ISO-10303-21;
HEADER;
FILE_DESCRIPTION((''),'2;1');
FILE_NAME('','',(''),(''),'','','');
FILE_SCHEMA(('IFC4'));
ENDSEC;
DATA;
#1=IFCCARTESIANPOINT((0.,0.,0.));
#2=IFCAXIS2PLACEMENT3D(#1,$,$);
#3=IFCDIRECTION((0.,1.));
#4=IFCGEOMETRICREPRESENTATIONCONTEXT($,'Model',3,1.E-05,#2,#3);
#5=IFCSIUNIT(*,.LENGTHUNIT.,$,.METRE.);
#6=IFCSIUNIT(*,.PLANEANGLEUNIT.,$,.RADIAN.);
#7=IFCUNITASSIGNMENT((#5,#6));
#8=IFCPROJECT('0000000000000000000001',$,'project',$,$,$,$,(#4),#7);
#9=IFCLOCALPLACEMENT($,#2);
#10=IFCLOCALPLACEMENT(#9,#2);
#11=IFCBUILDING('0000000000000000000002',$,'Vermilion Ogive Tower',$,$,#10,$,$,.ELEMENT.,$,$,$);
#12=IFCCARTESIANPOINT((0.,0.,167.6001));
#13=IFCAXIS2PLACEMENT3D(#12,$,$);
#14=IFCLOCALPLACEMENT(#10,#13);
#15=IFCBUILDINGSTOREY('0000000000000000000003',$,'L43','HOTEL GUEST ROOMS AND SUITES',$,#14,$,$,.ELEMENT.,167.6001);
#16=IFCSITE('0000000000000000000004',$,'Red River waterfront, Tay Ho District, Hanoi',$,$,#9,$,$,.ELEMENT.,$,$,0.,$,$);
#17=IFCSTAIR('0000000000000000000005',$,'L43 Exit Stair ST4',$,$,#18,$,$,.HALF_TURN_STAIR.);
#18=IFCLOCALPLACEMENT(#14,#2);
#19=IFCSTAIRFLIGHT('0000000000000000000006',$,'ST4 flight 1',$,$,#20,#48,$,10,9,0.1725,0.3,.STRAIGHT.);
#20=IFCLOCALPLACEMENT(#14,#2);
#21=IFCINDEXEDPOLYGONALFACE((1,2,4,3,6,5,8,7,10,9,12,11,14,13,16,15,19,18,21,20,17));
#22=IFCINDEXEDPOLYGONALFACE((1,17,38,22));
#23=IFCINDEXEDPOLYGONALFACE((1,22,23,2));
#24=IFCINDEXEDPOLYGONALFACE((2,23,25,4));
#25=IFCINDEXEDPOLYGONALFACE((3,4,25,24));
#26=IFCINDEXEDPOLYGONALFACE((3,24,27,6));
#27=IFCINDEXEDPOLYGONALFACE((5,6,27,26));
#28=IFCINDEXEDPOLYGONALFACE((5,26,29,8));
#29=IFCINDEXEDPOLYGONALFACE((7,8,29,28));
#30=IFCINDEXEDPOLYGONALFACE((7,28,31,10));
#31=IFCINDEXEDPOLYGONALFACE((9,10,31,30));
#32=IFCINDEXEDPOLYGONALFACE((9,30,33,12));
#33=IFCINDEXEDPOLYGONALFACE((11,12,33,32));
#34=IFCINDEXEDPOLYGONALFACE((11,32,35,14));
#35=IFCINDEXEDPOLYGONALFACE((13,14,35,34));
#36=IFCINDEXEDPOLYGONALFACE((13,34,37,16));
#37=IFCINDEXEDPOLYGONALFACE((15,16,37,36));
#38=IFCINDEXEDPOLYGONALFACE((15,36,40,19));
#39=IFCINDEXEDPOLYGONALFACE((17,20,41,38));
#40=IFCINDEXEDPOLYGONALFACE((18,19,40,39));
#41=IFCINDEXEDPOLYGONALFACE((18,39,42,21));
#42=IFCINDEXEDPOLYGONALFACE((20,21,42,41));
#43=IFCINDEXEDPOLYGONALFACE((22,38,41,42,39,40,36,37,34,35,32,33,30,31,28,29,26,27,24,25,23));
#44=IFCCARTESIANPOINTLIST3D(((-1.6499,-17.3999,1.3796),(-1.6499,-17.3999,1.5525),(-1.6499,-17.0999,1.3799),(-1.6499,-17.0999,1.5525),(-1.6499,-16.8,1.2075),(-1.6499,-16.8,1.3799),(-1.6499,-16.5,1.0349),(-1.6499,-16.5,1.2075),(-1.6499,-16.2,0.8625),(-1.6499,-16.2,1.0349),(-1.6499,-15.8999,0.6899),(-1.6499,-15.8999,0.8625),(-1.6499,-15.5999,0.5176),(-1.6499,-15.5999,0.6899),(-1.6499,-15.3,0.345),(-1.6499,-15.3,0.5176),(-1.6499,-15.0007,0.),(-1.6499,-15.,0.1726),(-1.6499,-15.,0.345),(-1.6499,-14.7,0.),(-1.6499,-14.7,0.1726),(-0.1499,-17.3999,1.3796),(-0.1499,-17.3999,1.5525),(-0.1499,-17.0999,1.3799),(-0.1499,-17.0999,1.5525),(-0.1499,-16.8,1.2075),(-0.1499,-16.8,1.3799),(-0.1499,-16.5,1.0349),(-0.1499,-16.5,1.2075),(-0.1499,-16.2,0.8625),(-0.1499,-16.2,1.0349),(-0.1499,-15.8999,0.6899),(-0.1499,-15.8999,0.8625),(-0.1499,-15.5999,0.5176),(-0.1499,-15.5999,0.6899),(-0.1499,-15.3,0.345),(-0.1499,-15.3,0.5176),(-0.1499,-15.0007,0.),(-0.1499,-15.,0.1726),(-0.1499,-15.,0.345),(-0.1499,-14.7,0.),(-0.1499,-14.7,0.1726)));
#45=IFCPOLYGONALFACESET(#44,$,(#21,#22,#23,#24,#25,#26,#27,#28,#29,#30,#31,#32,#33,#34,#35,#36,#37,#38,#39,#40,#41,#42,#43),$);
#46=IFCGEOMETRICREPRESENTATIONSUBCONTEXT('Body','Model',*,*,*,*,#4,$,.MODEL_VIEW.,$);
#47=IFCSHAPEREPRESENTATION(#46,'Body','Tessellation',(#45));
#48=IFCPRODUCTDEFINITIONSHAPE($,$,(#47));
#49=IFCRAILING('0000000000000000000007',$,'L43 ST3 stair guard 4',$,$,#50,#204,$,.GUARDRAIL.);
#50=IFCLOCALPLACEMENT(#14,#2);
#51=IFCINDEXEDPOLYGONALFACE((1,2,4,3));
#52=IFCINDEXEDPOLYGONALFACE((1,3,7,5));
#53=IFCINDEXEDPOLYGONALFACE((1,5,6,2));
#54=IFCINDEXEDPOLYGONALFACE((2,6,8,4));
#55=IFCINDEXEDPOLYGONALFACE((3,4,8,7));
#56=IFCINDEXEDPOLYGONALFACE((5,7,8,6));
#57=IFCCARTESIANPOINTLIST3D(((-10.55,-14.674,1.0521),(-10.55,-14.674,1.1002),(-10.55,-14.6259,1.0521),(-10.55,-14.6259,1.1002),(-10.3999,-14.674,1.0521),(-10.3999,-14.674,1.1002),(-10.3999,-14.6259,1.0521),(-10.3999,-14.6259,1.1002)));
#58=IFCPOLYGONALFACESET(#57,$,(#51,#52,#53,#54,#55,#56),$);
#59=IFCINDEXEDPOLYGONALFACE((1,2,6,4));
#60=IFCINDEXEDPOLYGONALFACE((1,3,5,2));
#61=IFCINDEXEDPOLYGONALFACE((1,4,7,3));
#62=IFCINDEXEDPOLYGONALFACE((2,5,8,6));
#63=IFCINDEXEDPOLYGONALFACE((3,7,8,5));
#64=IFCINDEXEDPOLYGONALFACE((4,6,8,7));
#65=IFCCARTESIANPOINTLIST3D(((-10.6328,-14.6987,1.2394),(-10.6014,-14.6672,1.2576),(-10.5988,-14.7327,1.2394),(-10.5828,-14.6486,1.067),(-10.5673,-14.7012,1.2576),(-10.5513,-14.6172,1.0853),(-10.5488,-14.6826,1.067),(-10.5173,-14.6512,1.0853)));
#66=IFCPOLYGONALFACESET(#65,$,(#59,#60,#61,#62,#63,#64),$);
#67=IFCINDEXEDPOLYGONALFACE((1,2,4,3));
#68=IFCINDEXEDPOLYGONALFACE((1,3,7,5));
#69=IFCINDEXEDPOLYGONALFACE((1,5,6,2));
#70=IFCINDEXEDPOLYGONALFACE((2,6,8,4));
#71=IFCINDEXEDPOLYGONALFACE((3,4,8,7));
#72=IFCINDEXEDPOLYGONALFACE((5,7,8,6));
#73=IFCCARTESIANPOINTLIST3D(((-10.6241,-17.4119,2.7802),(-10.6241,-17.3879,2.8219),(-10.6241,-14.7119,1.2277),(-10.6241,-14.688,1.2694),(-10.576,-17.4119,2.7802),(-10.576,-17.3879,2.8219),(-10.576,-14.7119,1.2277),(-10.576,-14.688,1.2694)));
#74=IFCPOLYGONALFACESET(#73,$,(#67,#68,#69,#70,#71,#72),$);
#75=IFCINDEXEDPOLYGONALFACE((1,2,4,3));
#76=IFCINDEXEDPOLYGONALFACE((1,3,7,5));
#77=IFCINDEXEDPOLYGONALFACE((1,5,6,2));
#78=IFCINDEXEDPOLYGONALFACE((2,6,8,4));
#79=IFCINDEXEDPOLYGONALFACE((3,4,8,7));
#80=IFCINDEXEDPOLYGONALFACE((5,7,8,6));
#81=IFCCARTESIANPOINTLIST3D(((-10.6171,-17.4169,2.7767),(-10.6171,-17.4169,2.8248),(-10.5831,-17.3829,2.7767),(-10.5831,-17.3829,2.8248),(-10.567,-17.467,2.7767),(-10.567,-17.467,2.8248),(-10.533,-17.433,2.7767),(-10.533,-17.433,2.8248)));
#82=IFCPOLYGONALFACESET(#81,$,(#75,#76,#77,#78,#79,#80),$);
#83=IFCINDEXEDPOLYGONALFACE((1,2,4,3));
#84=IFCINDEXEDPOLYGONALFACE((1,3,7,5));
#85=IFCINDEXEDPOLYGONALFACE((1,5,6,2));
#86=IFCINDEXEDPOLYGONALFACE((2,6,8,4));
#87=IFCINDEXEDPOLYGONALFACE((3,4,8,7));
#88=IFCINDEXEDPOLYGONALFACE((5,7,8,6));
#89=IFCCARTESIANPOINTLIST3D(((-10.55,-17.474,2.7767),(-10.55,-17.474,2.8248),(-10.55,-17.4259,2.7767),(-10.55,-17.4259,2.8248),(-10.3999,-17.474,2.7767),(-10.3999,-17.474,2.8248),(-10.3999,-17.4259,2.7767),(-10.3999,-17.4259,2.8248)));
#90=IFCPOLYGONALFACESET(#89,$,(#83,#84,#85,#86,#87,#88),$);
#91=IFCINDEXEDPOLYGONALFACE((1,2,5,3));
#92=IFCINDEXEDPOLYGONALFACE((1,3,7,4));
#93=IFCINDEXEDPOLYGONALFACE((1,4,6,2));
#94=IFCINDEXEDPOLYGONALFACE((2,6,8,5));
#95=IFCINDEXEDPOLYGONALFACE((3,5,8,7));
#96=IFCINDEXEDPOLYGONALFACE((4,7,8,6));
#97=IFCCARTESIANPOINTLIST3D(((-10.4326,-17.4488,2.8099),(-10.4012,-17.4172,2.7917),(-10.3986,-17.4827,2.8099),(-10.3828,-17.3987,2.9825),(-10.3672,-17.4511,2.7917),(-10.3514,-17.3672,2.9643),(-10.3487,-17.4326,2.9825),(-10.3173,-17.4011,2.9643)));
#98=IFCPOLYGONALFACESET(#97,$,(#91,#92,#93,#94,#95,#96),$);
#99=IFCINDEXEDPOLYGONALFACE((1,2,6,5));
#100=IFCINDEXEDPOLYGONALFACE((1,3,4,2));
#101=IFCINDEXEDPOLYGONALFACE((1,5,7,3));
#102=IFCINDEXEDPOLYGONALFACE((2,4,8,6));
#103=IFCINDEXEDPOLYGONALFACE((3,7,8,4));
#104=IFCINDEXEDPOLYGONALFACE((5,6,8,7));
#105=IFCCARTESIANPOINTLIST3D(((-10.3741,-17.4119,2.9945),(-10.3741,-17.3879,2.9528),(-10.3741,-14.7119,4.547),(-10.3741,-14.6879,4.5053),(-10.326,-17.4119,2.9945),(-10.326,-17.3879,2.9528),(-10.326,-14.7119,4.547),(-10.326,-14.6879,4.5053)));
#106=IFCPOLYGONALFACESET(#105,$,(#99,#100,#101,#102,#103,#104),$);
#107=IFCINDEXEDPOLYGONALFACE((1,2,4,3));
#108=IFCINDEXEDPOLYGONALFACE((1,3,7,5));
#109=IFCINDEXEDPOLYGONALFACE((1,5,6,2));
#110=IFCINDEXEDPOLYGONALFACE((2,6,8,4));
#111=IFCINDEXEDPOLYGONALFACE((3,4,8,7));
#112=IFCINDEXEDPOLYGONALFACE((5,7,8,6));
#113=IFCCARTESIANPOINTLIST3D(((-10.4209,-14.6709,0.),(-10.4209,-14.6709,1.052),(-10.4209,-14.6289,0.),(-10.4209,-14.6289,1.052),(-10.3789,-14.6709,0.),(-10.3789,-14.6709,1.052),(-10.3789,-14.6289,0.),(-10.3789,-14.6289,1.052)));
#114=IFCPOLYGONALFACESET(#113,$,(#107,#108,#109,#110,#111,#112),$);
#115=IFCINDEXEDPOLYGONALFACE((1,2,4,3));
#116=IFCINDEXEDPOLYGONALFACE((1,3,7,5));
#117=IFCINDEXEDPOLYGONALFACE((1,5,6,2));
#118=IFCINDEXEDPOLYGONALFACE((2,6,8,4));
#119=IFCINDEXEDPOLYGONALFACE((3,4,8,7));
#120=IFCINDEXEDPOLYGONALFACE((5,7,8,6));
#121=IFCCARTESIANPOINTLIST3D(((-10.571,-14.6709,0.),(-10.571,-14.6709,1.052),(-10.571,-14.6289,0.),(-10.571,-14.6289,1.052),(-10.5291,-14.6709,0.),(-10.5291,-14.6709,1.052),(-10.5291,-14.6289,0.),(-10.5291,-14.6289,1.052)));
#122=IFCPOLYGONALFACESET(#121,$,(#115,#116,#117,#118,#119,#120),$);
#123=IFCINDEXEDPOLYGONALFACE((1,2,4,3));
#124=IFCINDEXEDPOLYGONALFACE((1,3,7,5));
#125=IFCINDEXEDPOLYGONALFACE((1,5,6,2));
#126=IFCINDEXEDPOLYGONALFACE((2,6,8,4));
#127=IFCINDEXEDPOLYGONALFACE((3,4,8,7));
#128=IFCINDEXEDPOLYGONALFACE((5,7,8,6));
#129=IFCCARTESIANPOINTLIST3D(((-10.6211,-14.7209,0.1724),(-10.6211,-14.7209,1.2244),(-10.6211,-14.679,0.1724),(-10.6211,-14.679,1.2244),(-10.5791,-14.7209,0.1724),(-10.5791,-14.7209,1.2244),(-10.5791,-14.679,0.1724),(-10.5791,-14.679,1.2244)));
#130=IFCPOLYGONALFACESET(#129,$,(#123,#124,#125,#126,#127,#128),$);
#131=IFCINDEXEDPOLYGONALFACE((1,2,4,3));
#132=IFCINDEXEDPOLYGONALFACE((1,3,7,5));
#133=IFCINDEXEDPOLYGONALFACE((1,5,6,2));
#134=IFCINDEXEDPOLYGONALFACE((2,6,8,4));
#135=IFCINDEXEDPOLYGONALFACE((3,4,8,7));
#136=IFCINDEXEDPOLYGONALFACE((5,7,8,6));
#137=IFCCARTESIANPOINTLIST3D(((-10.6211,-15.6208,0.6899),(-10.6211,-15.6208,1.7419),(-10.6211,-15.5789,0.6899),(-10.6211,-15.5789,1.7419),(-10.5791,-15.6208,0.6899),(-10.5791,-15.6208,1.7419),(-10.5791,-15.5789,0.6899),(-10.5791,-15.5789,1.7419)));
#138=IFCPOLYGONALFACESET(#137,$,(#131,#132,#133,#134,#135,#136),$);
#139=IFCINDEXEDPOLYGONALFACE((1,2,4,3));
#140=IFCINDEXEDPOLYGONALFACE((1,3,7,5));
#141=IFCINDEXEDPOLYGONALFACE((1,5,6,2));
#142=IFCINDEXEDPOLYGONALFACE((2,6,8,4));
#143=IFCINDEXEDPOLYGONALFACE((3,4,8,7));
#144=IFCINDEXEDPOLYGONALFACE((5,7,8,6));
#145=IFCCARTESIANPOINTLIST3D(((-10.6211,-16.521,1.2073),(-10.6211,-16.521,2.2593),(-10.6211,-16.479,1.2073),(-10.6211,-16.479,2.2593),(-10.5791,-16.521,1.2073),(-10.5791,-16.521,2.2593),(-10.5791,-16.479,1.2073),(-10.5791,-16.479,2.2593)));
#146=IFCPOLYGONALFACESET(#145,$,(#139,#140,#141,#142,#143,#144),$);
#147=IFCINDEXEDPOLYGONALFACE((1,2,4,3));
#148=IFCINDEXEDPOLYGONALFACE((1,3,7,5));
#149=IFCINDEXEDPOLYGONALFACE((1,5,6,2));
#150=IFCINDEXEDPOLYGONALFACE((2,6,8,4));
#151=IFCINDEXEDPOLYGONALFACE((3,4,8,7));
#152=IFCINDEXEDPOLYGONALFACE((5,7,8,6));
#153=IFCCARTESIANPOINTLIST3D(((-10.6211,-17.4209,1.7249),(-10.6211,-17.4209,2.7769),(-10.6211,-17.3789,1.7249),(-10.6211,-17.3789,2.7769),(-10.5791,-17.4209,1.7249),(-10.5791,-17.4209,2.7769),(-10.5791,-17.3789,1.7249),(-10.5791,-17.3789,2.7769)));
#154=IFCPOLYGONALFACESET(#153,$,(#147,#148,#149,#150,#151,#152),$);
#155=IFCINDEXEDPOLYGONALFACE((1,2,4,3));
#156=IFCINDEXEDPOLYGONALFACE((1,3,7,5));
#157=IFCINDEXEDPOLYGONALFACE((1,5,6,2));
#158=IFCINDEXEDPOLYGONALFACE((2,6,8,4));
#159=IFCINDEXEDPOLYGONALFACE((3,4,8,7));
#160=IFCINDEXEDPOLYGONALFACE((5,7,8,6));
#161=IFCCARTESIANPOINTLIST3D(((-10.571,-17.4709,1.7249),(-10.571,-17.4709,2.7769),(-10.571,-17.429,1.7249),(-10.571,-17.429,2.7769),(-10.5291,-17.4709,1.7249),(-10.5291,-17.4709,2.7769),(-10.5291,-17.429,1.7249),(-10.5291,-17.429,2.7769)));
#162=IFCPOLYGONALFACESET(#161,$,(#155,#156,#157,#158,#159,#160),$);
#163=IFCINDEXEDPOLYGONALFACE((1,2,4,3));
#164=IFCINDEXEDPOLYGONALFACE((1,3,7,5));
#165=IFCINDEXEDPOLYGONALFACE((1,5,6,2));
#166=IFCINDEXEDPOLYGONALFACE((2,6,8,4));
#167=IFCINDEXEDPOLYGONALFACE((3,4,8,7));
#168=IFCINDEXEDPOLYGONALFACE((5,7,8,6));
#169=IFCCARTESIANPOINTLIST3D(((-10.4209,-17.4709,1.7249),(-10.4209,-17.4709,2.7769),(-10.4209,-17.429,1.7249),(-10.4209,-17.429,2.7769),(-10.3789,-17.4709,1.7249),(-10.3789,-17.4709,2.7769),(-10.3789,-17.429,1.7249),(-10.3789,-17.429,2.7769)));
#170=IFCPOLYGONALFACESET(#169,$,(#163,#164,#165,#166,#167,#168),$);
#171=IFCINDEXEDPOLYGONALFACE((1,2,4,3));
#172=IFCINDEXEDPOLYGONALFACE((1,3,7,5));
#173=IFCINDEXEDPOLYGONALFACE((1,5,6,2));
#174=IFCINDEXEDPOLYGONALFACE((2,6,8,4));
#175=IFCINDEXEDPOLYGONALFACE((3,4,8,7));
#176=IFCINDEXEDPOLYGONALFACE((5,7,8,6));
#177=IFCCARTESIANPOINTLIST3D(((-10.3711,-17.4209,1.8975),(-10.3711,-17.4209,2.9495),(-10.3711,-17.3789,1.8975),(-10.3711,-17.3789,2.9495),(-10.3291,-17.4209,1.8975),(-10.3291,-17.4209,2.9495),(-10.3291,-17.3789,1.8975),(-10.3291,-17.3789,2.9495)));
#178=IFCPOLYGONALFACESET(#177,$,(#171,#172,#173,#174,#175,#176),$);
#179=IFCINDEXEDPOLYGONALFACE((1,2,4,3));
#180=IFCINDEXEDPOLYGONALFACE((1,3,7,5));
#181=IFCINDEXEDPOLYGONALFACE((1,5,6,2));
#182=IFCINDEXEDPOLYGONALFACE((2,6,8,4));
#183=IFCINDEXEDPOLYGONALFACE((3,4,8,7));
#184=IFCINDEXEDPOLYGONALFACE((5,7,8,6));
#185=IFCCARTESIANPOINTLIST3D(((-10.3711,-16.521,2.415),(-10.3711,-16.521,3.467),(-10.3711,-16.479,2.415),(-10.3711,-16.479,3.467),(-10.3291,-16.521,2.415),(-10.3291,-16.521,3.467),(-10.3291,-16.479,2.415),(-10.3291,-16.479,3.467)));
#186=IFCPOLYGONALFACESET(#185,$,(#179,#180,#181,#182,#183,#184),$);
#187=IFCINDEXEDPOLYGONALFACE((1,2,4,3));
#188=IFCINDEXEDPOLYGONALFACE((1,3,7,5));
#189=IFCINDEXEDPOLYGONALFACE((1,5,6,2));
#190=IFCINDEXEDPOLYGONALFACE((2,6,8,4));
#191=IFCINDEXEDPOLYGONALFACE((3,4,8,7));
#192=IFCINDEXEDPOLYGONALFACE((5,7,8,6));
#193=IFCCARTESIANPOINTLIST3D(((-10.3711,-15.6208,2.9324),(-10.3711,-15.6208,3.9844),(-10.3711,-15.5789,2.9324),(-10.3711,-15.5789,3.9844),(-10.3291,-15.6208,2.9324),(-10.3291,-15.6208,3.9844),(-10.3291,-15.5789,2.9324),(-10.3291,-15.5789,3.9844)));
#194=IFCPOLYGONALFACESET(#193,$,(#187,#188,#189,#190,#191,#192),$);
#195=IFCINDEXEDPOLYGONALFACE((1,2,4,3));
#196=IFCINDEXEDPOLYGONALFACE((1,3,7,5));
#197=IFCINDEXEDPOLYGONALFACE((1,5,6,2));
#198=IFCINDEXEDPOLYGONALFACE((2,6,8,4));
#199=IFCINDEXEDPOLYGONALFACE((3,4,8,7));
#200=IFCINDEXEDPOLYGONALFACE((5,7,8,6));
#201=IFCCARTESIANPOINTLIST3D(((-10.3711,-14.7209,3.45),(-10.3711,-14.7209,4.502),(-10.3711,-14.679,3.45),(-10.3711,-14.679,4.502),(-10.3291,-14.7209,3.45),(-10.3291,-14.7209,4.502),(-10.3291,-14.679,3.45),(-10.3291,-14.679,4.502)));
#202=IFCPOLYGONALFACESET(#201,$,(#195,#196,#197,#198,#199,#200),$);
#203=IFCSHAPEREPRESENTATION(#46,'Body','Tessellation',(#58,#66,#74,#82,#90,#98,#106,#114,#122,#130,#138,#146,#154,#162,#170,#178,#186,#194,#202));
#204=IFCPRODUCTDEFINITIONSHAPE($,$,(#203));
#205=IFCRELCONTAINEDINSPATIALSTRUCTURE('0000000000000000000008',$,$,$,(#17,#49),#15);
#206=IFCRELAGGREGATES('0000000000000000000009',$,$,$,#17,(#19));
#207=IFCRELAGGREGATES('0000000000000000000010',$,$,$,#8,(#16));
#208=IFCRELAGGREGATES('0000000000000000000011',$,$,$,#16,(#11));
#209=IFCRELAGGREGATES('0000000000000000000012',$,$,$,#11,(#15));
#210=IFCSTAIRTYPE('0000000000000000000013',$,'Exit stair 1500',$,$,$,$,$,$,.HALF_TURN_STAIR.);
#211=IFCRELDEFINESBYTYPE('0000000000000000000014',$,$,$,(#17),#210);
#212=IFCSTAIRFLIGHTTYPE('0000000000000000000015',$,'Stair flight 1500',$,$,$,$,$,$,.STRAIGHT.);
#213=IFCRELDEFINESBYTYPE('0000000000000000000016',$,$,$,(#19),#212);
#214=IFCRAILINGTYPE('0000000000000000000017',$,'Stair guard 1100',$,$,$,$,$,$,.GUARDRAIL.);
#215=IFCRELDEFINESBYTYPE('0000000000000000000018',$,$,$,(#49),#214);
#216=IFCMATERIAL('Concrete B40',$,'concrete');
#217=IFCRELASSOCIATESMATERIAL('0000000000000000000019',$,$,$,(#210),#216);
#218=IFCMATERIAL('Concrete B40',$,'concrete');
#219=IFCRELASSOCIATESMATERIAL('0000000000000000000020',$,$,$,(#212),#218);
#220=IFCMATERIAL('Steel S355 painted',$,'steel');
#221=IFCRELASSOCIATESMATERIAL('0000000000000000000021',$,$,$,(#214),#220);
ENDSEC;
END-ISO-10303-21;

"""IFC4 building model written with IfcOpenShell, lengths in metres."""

from ifc_helpers import new_model, si_unit, direction, frame, origin, origin_2d, place, context, subcontext, project, spatial, polyline, rectangle, outline, extrude, material, type_object, element, aggregate, save


model = new_model("IFC4")

# Units and contexts
model_context = context("Model", 3, precision=1e-05, world=origin(), true_north=direction((0.0, 1.0)))
body_context = subcontext(model_context, "Body", "Model", "MODEL_VIEW")
ifc_project = project(units=[si_unit("LENGTHUNIT", "METRE"), si_unit("PLANEANGLEUNIT", "RADIAN")], contexts=[model_context])

# Site, building, storey
site_placement = place(None, origin())
site = spatial("IfcSite", under=ifc_project, at=site_placement, Name="Red River waterfront, Tay Ho District, Hanoi", CompositionType="ELEMENT", RefElevation=0.0)
building_placement = place(site_placement, origin())
building = spatial("IfcBuilding", under=site, at=building_placement, Name="Vermilion Ogive Tower", CompositionType="ELEMENT")
storey_placement = place(building_placement, frame((0.0, 0.0, 167.6001)))
storey = spatial("IfcBuildingStorey", under=building, at=storey_placement, Name="L43", Description="HOTEL GUEST ROOMS AND SUITES", CompositionType="ELEMENT", Elevation=167.6001)

# Stair, stair flight
ifc_material_1 = material(Name="Concrete B40", Category="concrete")
stair_type = type_object("IfcStairType", Name="Exit stair 1500", PredefinedType="HALF_TURN_STAIR", material=ifc_material_1)
stair_placement = place(storey_placement, origin())
stair = element("IfcStair", 1, at=stair_placement, inside=storey, type_object=stair_type, Name="L43 Exit Stair ST4", PredefinedType="HALF_TURN_STAIR")
ifc_material_2 = material(Name="Concrete B40", Category="concrete")
stair_flight_type = type_object("IfcStairFlightType", Name="Stair flight 1500", PredefinedType="STRAIGHT", material=ifc_material_2)
stair_flight_placement = place(storey_placement, frame((-0.8999, -14.7, 0.0), z_axis=(0.0, 0.0, 1.0), x_axis=(0.0, -1.0, 0.0)))
stair_flight = element("IfcStairFlight", 2, at=stair_flight_placement, type_object=stair_flight_type, Name="ST4 flight 1", NumberOfRisers=10, NumberOfTreads=9, PredefinedType="STRAIGHT", RiserHeight=0.1725, TreadLength=0.3, context=body_context, shape_type="SweptSolid", body=[
    extrude(outline(polyline([(0.0, 0.0), (0.0, 0.1726), (0.3, 0.1726), (0.3, 0.345), (0.6001, 0.345), (0.6001, 0.5176), (0.8999, 0.5176), (0.8999, 0.6899), (1.2, 0.6899), (1.2, 0.8625), (1.5, 0.8625), (1.5, 1.0349), (1.8, 1.0349), (1.8, 1.2075), (2.1001, 1.2075), (2.1001, 1.3799), (2.3999, 1.3799), (2.3999, 1.5525), (2.7, 1.5525), (2.7, 1.7251), (2.7, 1.3796), (0.3008, 0.0), (0.0, 0.0)])), frame((0.0, 0.75, 0.0), z_axis=(0.0, -1.0, 0.0), x_axis=(1.0, 0.0, 0.0)), (0.0, 0.0, 1.0), 1.5),
])
aggregate(stair, [stair_flight])

# Railing
ifc_material_3 = material(Name="Steel S355 painted", Category="steel")
railing_type_1 = type_object("IfcRailingType", Name="Stair guard 1100", PredefinedType="GUARDRAIL", material=ifc_material_3)
railing_1_placement = place(storey_placement, frame((-10.3999, -14.6499, 0.0)))
element("IfcRailing", 3, at=railing_1_placement, inside=storey, type_object=railing_type_1, Name="L43 ST3 stair guard 4", PredefinedType="GUARDRAIL", context=body_context, shape_type="SweptSolid", body=[
    extrude(rectangle(XDim=0.0481, YDim=0.0481, at=origin_2d()), frame((0.0, 0.0, 1.0762), z_axis=(-1.0, 0.0, 0.0), x_axis=(0.0, -1.0, 0.0)), (0.0, 0.0, 1.0), 0.1501),
    extrude(rectangle(XDim=0.0481, YDim=0.0481, at=origin_2d()), frame((-0.1501, 0.0, 1.0762), z_axis=(-0.268603, -0.268603, 0.925043), x_axis=(0.707107, -0.707107, 0.0)), (0.0, 0.0, 1.0), 0.1863),
    extrude(rectangle(XDim=0.0481, YDim=0.0481, at=origin_2d()), frame((-0.2002, -0.05, 1.2485), z_axis=(0.0, -0.866904, 0.498476), x_axis=(1.0, 0.0, 0.0)), (0.0, 0.0, 1.0), 3.1145),
    extrude(rectangle(XDim=0.0481, YDim=0.0481, at=origin_2d()), frame((-0.2002, -2.75, 2.8008), z_axis=(0.707107, -0.707107, 0.0), x_axis=(0.707107, 0.707107, 0.0)), (0.0, 0.0, 1.0), 0.0708),
    extrude(rectangle(XDim=0.0481, YDim=0.0481, at=origin_2d()), frame((-0.1501, -2.8, 2.8008), z_axis=(1.0, 0.0, 0.0), x_axis=(0.0, 1.0, 0.0)), (0.0, 0.0, 1.0), 0.1501),
    extrude(rectangle(XDim=0.0481, YDim=0.0481, at=origin_2d()), frame((0.0, -2.8, 2.8008), z_axis=(0.267063, 0.268372, 0.925556), x_axis=(-0.708834, 0.705376, 0.0)), (0.0, 0.0, 1.0), 0.1865),
    extrude(rectangle(XDim=0.0481, YDim=0.0481, at=origin_2d()), frame((0.0498, -2.75, 2.9736), z_axis=(0.0, 0.866904, 0.498476), x_axis=(-1.0, 0.0, 0.0)), (0.0, 0.0, 1.0), 3.1145),
    extrude(rectangle(XDim=0.042, YDim=0.042, at=origin_2d()), origin(), (0.0, 0.0, 1.0), 1.052),
    extrude(rectangle(XDim=0.042, YDim=0.042, at=origin_2d()), frame((-0.1501, 0.0, 0.0)), (0.0, 0.0, 1.0), 1.052),
    extrude(rectangle(XDim=0.042, YDim=0.042, at=origin_2d()), frame((-0.2002, -0.05, 0.1724)), (0.0, 0.0, 1.0), 1.052),
    extrude(rectangle(XDim=0.042, YDim=0.042, at=origin_2d()), frame((-0.2002, -0.95, 0.6899)), (0.0, 0.0, 1.0), 1.052),
    extrude(rectangle(XDim=0.042, YDim=0.042, at=origin_2d()), frame((-0.2002, -1.8501, 1.2073)), (0.0, 0.0, 1.0), 1.052),
    extrude(rectangle(XDim=0.042, YDim=0.042, at=origin_2d()), frame((-0.2002, -2.75, 1.7249)), (0.0, 0.0, 1.0), 1.052),
    extrude(rectangle(XDim=0.042, YDim=0.042, at=origin_2d()), frame((-0.1501, -2.8, 1.7249)), (0.0, 0.0, 1.0), 1.052),
    extrude(rectangle(XDim=0.042, YDim=0.042, at=origin_2d()), frame((0.0, -2.8, 1.7249)), (0.0, 0.0, 1.0), 1.052),
    extrude(rectangle(XDim=0.042, YDim=0.042, at=origin_2d()), frame((0.0498, -2.75, 1.8975)), (0.0, 0.0, 1.0), 1.052),
    extrude(rectangle(XDim=0.042, YDim=0.042, at=origin_2d()), frame((0.0498, -1.8501, 2.415)), (0.0, 0.0, 1.0), 1.052),
    extrude(rectangle(XDim=0.042, YDim=0.042, at=origin_2d()), frame((0.0498, -0.95, 2.9324)), (0.0, 0.0, 1.0), 1.052),
    extrude(rectangle(XDim=0.042, YDim=0.042, at=origin_2d()), frame((0.0498, -0.05, 3.45)), (0.0, 0.0, 1.0), 1.052),
])

save(model, "model.ifc")
